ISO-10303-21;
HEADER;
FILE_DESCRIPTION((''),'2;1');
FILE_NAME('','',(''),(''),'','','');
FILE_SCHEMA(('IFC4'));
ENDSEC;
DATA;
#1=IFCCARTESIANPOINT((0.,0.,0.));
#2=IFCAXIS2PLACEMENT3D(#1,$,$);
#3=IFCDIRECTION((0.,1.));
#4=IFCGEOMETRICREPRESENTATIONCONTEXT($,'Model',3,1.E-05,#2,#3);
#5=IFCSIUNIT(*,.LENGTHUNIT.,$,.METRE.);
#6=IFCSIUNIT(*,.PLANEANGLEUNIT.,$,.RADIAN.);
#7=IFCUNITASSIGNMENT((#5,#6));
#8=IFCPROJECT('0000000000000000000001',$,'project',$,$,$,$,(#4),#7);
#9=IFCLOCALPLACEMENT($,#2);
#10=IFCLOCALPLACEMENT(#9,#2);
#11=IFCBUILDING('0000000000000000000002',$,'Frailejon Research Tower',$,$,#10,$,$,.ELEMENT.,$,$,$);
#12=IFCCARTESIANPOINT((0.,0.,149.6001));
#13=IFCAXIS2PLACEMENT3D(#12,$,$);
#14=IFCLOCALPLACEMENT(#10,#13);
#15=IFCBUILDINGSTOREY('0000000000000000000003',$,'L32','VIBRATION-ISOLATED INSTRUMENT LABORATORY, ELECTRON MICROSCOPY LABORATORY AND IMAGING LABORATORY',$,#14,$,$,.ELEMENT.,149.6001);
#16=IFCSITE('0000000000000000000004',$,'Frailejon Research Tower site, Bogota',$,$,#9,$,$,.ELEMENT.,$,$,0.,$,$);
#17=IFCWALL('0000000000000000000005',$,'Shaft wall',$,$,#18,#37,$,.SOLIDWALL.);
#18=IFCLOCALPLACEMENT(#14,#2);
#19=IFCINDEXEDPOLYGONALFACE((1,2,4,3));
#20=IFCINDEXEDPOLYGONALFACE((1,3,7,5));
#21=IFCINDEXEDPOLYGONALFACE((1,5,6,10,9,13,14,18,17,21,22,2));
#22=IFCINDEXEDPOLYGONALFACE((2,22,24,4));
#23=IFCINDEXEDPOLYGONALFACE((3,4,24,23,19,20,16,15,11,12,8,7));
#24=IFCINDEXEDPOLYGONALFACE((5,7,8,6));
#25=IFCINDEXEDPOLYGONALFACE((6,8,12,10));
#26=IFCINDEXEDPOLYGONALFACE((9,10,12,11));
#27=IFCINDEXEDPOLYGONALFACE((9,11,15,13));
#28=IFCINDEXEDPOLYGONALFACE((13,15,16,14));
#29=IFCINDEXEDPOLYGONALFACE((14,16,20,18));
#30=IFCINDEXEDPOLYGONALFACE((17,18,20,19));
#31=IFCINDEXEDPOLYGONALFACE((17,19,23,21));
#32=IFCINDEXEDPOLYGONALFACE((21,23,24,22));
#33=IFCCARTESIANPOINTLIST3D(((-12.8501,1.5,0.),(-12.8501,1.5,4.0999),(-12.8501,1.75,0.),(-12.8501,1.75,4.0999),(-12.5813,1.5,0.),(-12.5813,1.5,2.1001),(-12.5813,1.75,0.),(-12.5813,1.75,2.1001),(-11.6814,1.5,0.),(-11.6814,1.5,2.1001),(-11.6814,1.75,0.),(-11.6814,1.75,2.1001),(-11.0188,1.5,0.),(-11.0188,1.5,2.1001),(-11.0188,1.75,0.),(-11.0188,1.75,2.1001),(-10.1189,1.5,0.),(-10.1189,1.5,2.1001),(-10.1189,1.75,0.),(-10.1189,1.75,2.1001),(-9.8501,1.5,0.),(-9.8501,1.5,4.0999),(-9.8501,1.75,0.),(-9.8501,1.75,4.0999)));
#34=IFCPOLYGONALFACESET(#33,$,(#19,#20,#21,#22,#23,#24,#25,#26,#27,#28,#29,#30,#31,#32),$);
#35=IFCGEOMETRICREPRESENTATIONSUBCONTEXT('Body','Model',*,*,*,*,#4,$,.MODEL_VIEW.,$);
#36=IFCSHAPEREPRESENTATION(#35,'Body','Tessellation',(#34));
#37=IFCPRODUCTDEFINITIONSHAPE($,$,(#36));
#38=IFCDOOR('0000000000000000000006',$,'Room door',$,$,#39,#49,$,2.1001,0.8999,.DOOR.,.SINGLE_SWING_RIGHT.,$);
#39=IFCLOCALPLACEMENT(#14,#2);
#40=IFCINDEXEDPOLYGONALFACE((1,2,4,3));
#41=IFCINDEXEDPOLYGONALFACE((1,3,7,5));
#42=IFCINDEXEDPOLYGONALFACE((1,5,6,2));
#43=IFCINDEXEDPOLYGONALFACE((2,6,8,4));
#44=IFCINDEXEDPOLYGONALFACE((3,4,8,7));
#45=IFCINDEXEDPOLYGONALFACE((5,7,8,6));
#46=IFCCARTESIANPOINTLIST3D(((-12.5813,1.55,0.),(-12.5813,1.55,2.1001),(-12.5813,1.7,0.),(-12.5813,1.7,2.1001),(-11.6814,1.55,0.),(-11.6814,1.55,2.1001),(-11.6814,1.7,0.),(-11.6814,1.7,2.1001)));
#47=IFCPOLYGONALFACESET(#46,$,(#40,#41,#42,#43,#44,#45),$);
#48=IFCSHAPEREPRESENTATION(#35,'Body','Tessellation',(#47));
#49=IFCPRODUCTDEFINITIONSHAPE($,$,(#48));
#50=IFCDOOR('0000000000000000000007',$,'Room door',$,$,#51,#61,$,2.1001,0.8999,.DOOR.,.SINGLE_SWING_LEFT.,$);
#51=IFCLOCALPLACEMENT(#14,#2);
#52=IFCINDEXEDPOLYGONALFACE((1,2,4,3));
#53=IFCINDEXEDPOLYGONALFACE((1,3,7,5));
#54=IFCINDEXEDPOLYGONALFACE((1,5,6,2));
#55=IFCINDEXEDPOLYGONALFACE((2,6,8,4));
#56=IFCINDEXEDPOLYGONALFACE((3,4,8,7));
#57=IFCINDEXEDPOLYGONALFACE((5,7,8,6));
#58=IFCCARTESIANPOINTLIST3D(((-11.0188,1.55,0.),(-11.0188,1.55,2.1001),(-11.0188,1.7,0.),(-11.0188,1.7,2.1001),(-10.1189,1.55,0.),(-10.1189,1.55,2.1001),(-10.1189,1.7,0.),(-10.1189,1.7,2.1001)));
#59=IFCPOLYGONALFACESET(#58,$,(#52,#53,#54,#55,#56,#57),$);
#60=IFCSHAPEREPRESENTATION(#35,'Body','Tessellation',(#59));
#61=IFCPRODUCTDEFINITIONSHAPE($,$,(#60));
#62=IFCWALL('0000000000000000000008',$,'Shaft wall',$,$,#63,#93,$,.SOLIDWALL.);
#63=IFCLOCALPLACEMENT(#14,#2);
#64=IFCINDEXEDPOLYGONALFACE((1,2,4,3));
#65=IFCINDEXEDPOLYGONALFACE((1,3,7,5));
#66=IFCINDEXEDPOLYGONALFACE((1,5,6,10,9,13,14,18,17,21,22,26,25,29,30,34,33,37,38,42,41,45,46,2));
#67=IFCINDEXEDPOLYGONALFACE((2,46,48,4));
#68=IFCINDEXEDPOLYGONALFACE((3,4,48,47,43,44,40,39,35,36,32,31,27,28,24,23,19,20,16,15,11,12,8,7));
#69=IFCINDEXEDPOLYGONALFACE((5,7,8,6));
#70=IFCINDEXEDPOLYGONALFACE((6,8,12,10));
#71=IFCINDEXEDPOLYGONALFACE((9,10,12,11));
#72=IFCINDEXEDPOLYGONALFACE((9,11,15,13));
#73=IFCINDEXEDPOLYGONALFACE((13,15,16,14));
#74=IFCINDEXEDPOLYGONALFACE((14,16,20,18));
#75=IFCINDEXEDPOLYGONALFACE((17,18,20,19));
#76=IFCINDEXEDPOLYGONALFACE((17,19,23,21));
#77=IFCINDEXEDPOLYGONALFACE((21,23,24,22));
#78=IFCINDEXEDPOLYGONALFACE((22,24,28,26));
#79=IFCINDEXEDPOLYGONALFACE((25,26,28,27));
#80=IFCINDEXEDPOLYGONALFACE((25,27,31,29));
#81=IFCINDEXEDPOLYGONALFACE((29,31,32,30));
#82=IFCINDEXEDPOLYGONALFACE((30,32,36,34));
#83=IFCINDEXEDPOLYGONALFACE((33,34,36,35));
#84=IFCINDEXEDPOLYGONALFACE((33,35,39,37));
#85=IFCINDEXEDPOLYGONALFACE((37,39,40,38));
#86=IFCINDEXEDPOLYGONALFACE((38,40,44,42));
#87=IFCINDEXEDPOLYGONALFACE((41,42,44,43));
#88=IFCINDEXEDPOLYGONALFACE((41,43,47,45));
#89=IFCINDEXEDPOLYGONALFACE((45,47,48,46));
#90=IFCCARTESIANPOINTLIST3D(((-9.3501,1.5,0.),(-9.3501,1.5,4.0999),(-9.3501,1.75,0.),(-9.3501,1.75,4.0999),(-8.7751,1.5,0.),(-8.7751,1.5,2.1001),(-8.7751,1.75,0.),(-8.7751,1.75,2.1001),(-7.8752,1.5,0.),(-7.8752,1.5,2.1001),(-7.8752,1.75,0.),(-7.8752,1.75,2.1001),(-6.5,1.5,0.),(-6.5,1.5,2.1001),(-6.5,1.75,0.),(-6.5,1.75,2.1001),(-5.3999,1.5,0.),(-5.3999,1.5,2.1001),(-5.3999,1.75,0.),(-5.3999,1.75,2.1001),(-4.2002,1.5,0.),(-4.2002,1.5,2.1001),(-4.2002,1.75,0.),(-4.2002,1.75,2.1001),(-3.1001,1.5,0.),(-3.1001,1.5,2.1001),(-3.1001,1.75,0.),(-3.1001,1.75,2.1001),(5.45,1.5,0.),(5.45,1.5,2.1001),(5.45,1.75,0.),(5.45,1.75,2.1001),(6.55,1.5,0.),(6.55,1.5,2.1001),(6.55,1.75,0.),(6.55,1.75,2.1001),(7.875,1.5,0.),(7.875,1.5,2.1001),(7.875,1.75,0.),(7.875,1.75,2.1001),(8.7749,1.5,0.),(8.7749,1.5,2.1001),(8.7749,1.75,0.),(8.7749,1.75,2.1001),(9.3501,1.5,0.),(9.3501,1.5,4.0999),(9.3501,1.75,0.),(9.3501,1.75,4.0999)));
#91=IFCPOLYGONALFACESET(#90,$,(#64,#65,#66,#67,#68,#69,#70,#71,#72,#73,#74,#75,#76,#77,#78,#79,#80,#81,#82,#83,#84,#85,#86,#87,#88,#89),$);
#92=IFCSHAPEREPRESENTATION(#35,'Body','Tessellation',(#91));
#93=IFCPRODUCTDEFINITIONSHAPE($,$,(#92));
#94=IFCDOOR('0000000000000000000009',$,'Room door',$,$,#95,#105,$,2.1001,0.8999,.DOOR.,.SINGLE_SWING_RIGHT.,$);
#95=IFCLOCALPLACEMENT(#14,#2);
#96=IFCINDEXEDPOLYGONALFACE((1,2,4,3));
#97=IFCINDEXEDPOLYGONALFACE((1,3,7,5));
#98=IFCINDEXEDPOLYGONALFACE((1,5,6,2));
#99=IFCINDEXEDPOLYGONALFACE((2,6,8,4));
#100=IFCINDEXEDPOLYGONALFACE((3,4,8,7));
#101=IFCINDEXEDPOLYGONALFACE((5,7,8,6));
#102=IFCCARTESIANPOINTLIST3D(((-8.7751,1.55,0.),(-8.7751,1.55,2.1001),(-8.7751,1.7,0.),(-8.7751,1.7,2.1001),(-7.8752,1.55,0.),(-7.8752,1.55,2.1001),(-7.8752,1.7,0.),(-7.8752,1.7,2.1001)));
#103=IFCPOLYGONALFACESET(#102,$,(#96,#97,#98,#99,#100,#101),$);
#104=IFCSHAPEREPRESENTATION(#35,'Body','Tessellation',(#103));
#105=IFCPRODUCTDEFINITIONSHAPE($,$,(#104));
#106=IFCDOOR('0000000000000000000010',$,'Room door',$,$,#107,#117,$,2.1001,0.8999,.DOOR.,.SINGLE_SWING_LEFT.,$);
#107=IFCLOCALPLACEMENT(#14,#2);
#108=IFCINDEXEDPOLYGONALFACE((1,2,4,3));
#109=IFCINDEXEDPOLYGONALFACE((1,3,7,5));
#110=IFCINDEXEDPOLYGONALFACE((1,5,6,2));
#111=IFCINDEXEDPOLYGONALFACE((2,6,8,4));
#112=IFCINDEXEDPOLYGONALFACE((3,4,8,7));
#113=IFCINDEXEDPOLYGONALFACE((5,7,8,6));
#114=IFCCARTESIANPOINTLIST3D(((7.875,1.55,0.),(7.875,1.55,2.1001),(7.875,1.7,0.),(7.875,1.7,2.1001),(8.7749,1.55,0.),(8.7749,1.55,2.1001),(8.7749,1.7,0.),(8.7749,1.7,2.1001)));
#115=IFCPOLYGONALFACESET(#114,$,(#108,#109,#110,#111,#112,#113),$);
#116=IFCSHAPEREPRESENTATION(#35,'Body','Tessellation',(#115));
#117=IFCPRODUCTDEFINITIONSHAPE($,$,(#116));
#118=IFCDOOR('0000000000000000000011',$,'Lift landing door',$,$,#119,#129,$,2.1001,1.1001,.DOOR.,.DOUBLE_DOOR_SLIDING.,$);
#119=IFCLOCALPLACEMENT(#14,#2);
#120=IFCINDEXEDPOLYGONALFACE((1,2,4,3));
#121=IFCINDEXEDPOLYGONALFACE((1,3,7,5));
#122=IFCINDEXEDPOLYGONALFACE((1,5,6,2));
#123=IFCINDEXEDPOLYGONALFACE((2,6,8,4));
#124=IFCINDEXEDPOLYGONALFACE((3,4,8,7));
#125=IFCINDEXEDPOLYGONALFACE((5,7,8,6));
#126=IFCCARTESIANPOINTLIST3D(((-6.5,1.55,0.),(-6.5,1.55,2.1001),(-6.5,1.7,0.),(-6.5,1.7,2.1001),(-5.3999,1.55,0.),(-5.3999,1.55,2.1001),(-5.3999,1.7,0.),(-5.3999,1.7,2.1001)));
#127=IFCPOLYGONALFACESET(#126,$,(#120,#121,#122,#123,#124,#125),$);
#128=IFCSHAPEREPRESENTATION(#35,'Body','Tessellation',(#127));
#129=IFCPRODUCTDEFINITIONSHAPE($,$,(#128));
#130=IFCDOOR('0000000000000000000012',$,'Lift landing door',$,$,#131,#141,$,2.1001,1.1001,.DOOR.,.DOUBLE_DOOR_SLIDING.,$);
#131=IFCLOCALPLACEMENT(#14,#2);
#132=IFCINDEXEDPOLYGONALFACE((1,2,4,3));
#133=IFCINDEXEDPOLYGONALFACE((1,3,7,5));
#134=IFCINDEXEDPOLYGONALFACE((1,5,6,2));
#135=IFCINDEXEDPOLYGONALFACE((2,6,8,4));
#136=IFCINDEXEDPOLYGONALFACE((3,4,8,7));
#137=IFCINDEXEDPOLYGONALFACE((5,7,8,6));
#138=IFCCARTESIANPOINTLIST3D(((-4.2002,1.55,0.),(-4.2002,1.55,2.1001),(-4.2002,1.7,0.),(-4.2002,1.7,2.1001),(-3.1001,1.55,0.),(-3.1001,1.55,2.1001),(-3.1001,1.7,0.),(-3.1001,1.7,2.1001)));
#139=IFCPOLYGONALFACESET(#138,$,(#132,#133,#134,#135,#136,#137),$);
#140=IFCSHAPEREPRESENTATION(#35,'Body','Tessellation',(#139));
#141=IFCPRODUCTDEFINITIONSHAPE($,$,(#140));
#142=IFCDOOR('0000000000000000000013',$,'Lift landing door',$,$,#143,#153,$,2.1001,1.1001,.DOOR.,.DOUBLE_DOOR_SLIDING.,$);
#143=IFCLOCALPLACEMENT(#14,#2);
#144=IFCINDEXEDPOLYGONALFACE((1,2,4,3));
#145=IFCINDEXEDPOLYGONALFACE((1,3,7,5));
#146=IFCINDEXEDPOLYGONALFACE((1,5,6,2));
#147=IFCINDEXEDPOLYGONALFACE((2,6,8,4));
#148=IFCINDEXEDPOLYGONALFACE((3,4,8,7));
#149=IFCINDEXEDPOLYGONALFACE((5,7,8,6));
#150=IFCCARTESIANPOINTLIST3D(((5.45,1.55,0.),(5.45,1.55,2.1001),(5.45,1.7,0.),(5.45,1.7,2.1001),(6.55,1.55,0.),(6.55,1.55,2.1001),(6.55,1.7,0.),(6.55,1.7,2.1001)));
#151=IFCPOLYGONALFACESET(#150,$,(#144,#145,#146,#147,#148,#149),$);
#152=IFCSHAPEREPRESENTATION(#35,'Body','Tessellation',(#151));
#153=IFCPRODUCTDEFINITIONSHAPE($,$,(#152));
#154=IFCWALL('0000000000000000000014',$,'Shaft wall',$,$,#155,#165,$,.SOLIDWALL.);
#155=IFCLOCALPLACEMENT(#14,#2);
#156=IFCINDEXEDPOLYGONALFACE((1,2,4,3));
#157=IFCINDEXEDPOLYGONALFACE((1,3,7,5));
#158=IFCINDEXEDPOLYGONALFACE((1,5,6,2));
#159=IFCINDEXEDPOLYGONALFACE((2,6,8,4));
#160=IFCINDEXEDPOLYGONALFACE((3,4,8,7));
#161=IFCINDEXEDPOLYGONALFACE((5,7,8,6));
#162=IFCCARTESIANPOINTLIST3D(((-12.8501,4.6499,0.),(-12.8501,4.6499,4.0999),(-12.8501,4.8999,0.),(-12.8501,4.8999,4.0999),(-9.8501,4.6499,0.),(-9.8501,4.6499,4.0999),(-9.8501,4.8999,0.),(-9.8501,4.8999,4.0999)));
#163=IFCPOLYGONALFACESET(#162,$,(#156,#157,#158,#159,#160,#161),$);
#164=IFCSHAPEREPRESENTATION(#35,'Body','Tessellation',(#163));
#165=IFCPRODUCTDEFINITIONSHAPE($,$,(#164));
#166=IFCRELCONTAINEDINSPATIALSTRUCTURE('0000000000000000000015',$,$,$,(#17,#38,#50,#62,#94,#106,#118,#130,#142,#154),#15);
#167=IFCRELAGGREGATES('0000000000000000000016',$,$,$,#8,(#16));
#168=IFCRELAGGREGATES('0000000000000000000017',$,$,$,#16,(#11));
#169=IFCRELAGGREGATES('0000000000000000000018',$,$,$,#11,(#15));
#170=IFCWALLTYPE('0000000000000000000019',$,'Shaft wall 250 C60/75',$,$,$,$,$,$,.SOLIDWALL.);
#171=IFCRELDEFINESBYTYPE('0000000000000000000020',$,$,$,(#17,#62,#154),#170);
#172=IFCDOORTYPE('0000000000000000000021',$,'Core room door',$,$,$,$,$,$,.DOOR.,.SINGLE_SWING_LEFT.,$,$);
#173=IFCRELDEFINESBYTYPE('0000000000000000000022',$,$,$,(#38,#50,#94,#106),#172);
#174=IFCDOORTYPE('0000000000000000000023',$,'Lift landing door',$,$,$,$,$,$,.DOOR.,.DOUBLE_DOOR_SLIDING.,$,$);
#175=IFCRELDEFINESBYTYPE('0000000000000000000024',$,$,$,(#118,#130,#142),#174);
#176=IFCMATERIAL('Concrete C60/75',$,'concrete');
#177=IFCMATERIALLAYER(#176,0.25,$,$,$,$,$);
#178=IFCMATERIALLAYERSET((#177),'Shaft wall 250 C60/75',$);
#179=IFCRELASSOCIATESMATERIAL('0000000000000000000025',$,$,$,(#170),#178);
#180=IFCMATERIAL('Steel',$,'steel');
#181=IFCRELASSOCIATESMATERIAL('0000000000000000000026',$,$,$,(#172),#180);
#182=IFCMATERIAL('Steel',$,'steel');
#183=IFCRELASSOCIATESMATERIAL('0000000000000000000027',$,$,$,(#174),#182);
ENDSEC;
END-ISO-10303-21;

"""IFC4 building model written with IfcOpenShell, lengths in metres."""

from ifc_helpers import new_model, si_unit, direction, frame, frame_2d, origin, place, context, subcontext, project, spatial, rectangle, extrude, material, layer, layer_set, type_object, element, fill, save


model = new_model("IFC4")

# Units and contexts
model_context = context("Model", 3, precision=1e-05, world=origin(), true_north=direction((0.0, 1.0)))
body_context = subcontext(model_context, "Body", "Model", "MODEL_VIEW")
ifc_project = project(units=[si_unit("LENGTHUNIT", "METRE"), si_unit("PLANEANGLEUNIT", "RADIAN")], contexts=[model_context])

# Site, building, storey
site_placement = place(None, origin())
site = spatial("IfcSite", under=ifc_project, at=site_placement, Name="Frailejon Research Tower site, Bogota", CompositionType="ELEMENT", RefElevation=0.0)
building_placement = place(site_placement, origin())
building = spatial("IfcBuilding", under=site, at=building_placement, Name="Frailejon Research Tower", CompositionType="ELEMENT")
storey_placement = place(building_placement, frame((0.0, 0.0, 149.6001)))
storey = spatial("IfcBuildingStorey", under=building, at=storey_placement, Name="L32", Description="VIBRATION-ISOLATED INSTRUMENT LABORATORY, ELECTRON MICROSCOPY LABORATORY AND IMAGING LABORATORY", CompositionType="ELEMENT", Elevation=149.6001)

# Walls, openings, doors
ifc_material_1 = material(Name="Concrete C60/75", Category="concrete")
ifc_layer_1 = layer(ifc_material_1, 0.25)
ifc_layer_set_1 = layer_set([ifc_layer_1], Name="Shaft wall 250 C60/75")
wall_type_1 = type_object("IfcWallType", Name="Shaft wall 250 C60/75", PredefinedType="SOLIDWALL", material=ifc_layer_set_1)
wall_1_placement = place(storey_placement, frame((-12.8501, 1.625, 0.0), z_axis=(0.0, 0.0, 1.0), x_axis=(1.0, 0.0, 0.0)))
wall_1 = element("IfcWall", 1, at=wall_1_placement, inside=storey, type_object=wall_type_1, Name="Shaft wall", PredefinedType="SOLIDWALL", context=body_context, shape_type="SweptSolid", body=[
    extrude(rectangle(XDim=3.0, YDim=0.25, at=frame_2d((1.5, 0.0))), origin(), (0.0, 0.0, 1.0), 4.0999),
])
opening_1_placement = place(wall_1_placement, frame((0.2688, 0.0, 0.0)))
opening_1 = element("IfcOpeningElement", 2, at=opening_1_placement, cuts=wall_1, PredefinedType="OPENING", context=body_context, shape_type="SweptSolid", body=[
    extrude(rectangle(XDim=0.8999, YDim=2.1001, at=frame_2d((0.45, 1.05))), frame((0.0, 0.135, 0.0), z_axis=(0.0, -1.0, 0.0), x_axis=(1.0, 0.0, 0.0)), (0.0, 0.0, 1.0), 0.27),
])
opening_2_placement = place(wall_1_placement, frame((1.8313, 0.0, 0.0)))
opening_2 = element("IfcOpeningElement", 3, at=opening_2_placement, cuts=wall_1, PredefinedType="OPENING", context=body_context, shape_type="SweptSolid", body=[
    extrude(rectangle(XDim=0.8999, YDim=2.1001, at=frame_2d((0.45, 1.05))), frame((0.0, 0.135, 0.0), z_axis=(0.0, -1.0, 0.0), x_axis=(1.0, 0.0, 0.0)), (0.0, 0.0, 1.0), 0.27),
])
ifc_material_2 = material(Name="Steel", Category="steel")
door_type_1 = type_object("IfcDoorType", Name="Core room door", OperationType="SINGLE_SWING_LEFT", PredefinedType="DOOR", material=ifc_material_2)
door_1_placement = place(opening_1_placement, origin())
door_1 = element("IfcDoor", 4, at=door_1_placement, inside=storey, type_object=door_type_1, Name="Room door", OperationType="SINGLE_SWING_RIGHT", OverallHeight=2.1001, OverallWidth=0.8999, PredefinedType="DOOR", context=body_context, shape_type="SweptSolid", body=[
    extrude(rectangle(XDim=0.8999, YDim=2.1001, at=frame_2d((0.45, 1.05))), frame((0.0, 0.075, 0.0), z_axis=(0.0, -1.0, 0.0), x_axis=(1.0, 0.0, 0.0)), (0.0, 0.0, 1.0), 0.1499),
])
fill(opening_1, door_1)
door_2_placement = place(opening_2_placement, origin())
door_2 = element("IfcDoor", 5, at=door_2_placement, inside=storey, type_object=door_type_1, Name="Room door", OperationType="SINGLE_SWING_LEFT", OverallHeight=2.1001, OverallWidth=0.8999, PredefinedType="DOOR", context=body_context, shape_type="SweptSolid", body=[
    extrude(rectangle(XDim=0.8999, YDim=2.1001, at=frame_2d((0.45, 1.05))), frame((0.0, 0.075, 0.0), z_axis=(0.0, -1.0, 0.0), x_axis=(1.0, 0.0, 0.0)), (0.0, 0.0, 1.0), 0.1499),
])
fill(opening_2, door_2)
wall_2_placement = place(storey_placement, frame((-9.3501, 1.625, 0.0), z_axis=(0.0, 0.0, 1.0), x_axis=(1.0, 0.0, 0.0)))
wall_2 = element("IfcWall", 6, at=wall_2_placement, inside=storey, type_object=wall_type_1, Name="Shaft wall", PredefinedType="SOLIDWALL", context=body_context, shape_type="SweptSolid", body=[
    extrude(rectangle(XDim=18.7002, YDim=0.25, at=frame_2d((9.3501, 0.0))), origin(), (0.0, 0.0, 1.0), 4.0999),
])
opening_3_placement = place(wall_2_placement, frame((2.8501, 0.0, 0.0)))
opening_3 = element("IfcOpeningElement", 7, at=opening_3_placement, cuts=wall_2, PredefinedType="OPENING", context=body_context, shape_type="SweptSolid", body=[
    extrude(rectangle(XDim=1.1001, YDim=2.1001, at=frame_2d((0.55, 1.05))), frame((0.0, 0.135, 0.0), z_axis=(0.0, -1.0, 0.0), x_axis=(1.0, 0.0, 0.0)), (0.0, 0.0, 1.0), 0.27),
])
opening_4_placement = place(wall_2_placement, frame((5.1499, 0.0, 0.0)))
opening_4 = element("IfcOpeningElement", 8, at=opening_4_placement, cuts=wall_2, PredefinedType="OPENING", context=body_context, shape_type="SweptSolid", body=[
    extrude(rectangle(XDim=1.1001, YDim=2.1001, at=frame_2d((0.55, 1.05))), frame((0.0, 0.135, 0.0), z_axis=(0.0, -1.0, 0.0), x_axis=(1.0, 0.0, 0.0)), (0.0, 0.0, 1.0), 0.27),
])
opening_5_placement = place(wall_2_placement, frame((14.8, 0.0, 0.0)))
opening_5 = element("IfcOpeningElement", 9, at=opening_5_placement, cuts=wall_2, PredefinedType="OPENING", context=body_context, shape_type="SweptSolid", body=[
    extrude(rectangle(XDim=1.1001, YDim=2.1001, at=frame_2d((0.55, 1.05))), frame((0.0, 0.135, 0.0), z_axis=(0.0, -1.0, 0.0), x_axis=(1.0, 0.0, 0.0)), (0.0, 0.0, 1.0), 0.27),
])
opening_6_placement = place(wall_2_placement, frame((0.575, 0.0, 0.0)))
opening_6 = element("IfcOpeningElement", 10, at=opening_6_placement, cuts=wall_2, PredefinedType="OPENING", context=body_context, shape_type="SweptSolid", body=[
    extrude(rectangle(XDim=0.8999, YDim=2.1001, at=frame_2d((0.45, 1.05))), frame((0.0, 0.135, 0.0), z_axis=(0.0, -1.0, 0.0), x_axis=(1.0, 0.0, 0.0)), (0.0, 0.0, 1.0), 0.27),
])
opening_7_placement = place(wall_2_placement, frame((17.2251, 0.0, 0.0)))
opening_7 = element("IfcOpeningElement", 11, at=opening_7_placement, cuts=wall_2, PredefinedType="OPENING", context=body_context, shape_type="SweptSolid", body=[
    extrude(rectangle(XDim=0.8999, YDim=2.1001, at=frame_2d((0.45, 1.05))), frame((0.0, 0.135, 0.0), z_axis=(0.0, -1.0, 0.0), x_axis=(1.0, 0.0, 0.0)), (0.0, 0.0, 1.0), 0.27),
])
door_3_placement = place(opening_6_placement, origin())
door_3 = element("IfcDoor", 12, at=door_3_placement, inside=storey, type_object=door_type_1, Name="Room door", OperationType="SINGLE_SWING_RIGHT", OverallHeight=2.1001, OverallWidth=0.8999, PredefinedType="DOOR", context=body_context, shape_type="SweptSolid", body=[
    extrude(rectangle(XDim=0.8999, YDim=2.1001, at=frame_2d((0.45, 1.05))), frame((0.0, 0.075, 0.0), z_axis=(0.0, -1.0, 0.0), x_axis=(1.0, 0.0, 0.0)), (0.0, 0.0, 1.0), 0.1499),
])
fill(opening_6, door_3)
door_4_placement = place(opening_7_placement, origin())
door_4 = element("IfcDoor", 13, at=door_4_placement, inside=storey, type_object=door_type_1, Name="Room door", OperationType="SINGLE_SWING_LEFT", OverallHeight=2.1001, OverallWidth=0.8999, PredefinedType="DOOR", context=body_context, shape_type="SweptSolid", body=[
    extrude(rectangle(XDim=0.8999, YDim=2.1001, at=frame_2d((0.45, 1.05))), frame((0.0, 0.075, 0.0), z_axis=(0.0, -1.0, 0.0), x_axis=(1.0, 0.0, 0.0)), (0.0, 0.0, 1.0), 0.1499),
])
fill(opening_7, door_4)
ifc_material_3 = material(Name="Steel", Category="steel")
door_type_2 = type_object("IfcDoorType", Name="Lift landing door", OperationType="DOUBLE_DOOR_SLIDING", PredefinedType="DOOR", material=ifc_material_3)
door_5_placement = place(opening_3_placement, origin())
door_5 = element("IfcDoor", 14, at=door_5_placement, inside=storey, type_object=door_type_2, Name="Lift landing door", OperationType="DOUBLE_DOOR_SLIDING", OverallHeight=2.1001, OverallWidth=1.1001, PredefinedType="DOOR", context=body_context, shape_type="SweptSolid", body=[
    extrude(rectangle(XDim=1.1001, YDim=2.1001, at=frame_2d((0.55, 1.05))), frame((0.0, 0.075, 0.0), z_axis=(0.0, -1.0, 0.0), x_axis=(1.0, 0.0, 0.0)), (0.0, 0.0, 1.0), 0.1499),
])
fill(opening_3, door_5)
door_6_placement = place(opening_4_placement, origin())
door_6 = element("IfcDoor", 15, at=door_6_placement, inside=storey, type_object=door_type_2, Name="Lift landing door", OperationType="DOUBLE_DOOR_SLIDING", OverallHeight=2.1001, OverallWidth=1.1001, PredefinedType="DOOR", context=body_context, shape_type="SweptSolid", body=[
    extrude(rectangle(XDim=1.1001, YDim=2.1001, at=frame_2d((0.55, 1.05))), frame((0.0, 0.075, 0.0), z_axis=(0.0, -1.0, 0.0), x_axis=(1.0, 0.0, 0.0)), (0.0, 0.0, 1.0), 0.1499),
])
fill(opening_4, door_6)
door_7_placement = place(opening_5_placement, origin())
door_7 = element("IfcDoor", 16, at=door_7_placement, inside=storey, type_object=door_type_2, Name="Lift landing door", OperationType="DOUBLE_DOOR_SLIDING", OverallHeight=2.1001, OverallWidth=1.1001, PredefinedType="DOOR", context=body_context, shape_type="SweptSolid", body=[
    extrude(rectangle(XDim=1.1001, YDim=2.1001, at=frame_2d((0.55, 1.05))), frame((0.0, 0.075, 0.0), z_axis=(0.0, -1.0, 0.0), x_axis=(1.0, 0.0, 0.0)), (0.0, 0.0, 1.0), 0.1499),
])
fill(opening_5, door_7)

# Wall
wall_3_placement = place(storey_placement, frame((-12.8501, 4.7749, 0.0), z_axis=(0.0, 0.0, 1.0), x_axis=(1.0, 0.0, 0.0)))
element("IfcWall", 17, at=wall_3_placement, inside=storey, type_object=wall_type_1, Name="Shaft wall", PredefinedType="SOLIDWALL", context=body_context, shape_type="SweptSolid", body=[
    extrude(rectangle(XDim=3.0, YDim=0.25, at=frame_2d((1.5, 0.0))), origin(), (0.0, 0.0, 1.0), 4.0999),
])

save(model, "model.ifc")
